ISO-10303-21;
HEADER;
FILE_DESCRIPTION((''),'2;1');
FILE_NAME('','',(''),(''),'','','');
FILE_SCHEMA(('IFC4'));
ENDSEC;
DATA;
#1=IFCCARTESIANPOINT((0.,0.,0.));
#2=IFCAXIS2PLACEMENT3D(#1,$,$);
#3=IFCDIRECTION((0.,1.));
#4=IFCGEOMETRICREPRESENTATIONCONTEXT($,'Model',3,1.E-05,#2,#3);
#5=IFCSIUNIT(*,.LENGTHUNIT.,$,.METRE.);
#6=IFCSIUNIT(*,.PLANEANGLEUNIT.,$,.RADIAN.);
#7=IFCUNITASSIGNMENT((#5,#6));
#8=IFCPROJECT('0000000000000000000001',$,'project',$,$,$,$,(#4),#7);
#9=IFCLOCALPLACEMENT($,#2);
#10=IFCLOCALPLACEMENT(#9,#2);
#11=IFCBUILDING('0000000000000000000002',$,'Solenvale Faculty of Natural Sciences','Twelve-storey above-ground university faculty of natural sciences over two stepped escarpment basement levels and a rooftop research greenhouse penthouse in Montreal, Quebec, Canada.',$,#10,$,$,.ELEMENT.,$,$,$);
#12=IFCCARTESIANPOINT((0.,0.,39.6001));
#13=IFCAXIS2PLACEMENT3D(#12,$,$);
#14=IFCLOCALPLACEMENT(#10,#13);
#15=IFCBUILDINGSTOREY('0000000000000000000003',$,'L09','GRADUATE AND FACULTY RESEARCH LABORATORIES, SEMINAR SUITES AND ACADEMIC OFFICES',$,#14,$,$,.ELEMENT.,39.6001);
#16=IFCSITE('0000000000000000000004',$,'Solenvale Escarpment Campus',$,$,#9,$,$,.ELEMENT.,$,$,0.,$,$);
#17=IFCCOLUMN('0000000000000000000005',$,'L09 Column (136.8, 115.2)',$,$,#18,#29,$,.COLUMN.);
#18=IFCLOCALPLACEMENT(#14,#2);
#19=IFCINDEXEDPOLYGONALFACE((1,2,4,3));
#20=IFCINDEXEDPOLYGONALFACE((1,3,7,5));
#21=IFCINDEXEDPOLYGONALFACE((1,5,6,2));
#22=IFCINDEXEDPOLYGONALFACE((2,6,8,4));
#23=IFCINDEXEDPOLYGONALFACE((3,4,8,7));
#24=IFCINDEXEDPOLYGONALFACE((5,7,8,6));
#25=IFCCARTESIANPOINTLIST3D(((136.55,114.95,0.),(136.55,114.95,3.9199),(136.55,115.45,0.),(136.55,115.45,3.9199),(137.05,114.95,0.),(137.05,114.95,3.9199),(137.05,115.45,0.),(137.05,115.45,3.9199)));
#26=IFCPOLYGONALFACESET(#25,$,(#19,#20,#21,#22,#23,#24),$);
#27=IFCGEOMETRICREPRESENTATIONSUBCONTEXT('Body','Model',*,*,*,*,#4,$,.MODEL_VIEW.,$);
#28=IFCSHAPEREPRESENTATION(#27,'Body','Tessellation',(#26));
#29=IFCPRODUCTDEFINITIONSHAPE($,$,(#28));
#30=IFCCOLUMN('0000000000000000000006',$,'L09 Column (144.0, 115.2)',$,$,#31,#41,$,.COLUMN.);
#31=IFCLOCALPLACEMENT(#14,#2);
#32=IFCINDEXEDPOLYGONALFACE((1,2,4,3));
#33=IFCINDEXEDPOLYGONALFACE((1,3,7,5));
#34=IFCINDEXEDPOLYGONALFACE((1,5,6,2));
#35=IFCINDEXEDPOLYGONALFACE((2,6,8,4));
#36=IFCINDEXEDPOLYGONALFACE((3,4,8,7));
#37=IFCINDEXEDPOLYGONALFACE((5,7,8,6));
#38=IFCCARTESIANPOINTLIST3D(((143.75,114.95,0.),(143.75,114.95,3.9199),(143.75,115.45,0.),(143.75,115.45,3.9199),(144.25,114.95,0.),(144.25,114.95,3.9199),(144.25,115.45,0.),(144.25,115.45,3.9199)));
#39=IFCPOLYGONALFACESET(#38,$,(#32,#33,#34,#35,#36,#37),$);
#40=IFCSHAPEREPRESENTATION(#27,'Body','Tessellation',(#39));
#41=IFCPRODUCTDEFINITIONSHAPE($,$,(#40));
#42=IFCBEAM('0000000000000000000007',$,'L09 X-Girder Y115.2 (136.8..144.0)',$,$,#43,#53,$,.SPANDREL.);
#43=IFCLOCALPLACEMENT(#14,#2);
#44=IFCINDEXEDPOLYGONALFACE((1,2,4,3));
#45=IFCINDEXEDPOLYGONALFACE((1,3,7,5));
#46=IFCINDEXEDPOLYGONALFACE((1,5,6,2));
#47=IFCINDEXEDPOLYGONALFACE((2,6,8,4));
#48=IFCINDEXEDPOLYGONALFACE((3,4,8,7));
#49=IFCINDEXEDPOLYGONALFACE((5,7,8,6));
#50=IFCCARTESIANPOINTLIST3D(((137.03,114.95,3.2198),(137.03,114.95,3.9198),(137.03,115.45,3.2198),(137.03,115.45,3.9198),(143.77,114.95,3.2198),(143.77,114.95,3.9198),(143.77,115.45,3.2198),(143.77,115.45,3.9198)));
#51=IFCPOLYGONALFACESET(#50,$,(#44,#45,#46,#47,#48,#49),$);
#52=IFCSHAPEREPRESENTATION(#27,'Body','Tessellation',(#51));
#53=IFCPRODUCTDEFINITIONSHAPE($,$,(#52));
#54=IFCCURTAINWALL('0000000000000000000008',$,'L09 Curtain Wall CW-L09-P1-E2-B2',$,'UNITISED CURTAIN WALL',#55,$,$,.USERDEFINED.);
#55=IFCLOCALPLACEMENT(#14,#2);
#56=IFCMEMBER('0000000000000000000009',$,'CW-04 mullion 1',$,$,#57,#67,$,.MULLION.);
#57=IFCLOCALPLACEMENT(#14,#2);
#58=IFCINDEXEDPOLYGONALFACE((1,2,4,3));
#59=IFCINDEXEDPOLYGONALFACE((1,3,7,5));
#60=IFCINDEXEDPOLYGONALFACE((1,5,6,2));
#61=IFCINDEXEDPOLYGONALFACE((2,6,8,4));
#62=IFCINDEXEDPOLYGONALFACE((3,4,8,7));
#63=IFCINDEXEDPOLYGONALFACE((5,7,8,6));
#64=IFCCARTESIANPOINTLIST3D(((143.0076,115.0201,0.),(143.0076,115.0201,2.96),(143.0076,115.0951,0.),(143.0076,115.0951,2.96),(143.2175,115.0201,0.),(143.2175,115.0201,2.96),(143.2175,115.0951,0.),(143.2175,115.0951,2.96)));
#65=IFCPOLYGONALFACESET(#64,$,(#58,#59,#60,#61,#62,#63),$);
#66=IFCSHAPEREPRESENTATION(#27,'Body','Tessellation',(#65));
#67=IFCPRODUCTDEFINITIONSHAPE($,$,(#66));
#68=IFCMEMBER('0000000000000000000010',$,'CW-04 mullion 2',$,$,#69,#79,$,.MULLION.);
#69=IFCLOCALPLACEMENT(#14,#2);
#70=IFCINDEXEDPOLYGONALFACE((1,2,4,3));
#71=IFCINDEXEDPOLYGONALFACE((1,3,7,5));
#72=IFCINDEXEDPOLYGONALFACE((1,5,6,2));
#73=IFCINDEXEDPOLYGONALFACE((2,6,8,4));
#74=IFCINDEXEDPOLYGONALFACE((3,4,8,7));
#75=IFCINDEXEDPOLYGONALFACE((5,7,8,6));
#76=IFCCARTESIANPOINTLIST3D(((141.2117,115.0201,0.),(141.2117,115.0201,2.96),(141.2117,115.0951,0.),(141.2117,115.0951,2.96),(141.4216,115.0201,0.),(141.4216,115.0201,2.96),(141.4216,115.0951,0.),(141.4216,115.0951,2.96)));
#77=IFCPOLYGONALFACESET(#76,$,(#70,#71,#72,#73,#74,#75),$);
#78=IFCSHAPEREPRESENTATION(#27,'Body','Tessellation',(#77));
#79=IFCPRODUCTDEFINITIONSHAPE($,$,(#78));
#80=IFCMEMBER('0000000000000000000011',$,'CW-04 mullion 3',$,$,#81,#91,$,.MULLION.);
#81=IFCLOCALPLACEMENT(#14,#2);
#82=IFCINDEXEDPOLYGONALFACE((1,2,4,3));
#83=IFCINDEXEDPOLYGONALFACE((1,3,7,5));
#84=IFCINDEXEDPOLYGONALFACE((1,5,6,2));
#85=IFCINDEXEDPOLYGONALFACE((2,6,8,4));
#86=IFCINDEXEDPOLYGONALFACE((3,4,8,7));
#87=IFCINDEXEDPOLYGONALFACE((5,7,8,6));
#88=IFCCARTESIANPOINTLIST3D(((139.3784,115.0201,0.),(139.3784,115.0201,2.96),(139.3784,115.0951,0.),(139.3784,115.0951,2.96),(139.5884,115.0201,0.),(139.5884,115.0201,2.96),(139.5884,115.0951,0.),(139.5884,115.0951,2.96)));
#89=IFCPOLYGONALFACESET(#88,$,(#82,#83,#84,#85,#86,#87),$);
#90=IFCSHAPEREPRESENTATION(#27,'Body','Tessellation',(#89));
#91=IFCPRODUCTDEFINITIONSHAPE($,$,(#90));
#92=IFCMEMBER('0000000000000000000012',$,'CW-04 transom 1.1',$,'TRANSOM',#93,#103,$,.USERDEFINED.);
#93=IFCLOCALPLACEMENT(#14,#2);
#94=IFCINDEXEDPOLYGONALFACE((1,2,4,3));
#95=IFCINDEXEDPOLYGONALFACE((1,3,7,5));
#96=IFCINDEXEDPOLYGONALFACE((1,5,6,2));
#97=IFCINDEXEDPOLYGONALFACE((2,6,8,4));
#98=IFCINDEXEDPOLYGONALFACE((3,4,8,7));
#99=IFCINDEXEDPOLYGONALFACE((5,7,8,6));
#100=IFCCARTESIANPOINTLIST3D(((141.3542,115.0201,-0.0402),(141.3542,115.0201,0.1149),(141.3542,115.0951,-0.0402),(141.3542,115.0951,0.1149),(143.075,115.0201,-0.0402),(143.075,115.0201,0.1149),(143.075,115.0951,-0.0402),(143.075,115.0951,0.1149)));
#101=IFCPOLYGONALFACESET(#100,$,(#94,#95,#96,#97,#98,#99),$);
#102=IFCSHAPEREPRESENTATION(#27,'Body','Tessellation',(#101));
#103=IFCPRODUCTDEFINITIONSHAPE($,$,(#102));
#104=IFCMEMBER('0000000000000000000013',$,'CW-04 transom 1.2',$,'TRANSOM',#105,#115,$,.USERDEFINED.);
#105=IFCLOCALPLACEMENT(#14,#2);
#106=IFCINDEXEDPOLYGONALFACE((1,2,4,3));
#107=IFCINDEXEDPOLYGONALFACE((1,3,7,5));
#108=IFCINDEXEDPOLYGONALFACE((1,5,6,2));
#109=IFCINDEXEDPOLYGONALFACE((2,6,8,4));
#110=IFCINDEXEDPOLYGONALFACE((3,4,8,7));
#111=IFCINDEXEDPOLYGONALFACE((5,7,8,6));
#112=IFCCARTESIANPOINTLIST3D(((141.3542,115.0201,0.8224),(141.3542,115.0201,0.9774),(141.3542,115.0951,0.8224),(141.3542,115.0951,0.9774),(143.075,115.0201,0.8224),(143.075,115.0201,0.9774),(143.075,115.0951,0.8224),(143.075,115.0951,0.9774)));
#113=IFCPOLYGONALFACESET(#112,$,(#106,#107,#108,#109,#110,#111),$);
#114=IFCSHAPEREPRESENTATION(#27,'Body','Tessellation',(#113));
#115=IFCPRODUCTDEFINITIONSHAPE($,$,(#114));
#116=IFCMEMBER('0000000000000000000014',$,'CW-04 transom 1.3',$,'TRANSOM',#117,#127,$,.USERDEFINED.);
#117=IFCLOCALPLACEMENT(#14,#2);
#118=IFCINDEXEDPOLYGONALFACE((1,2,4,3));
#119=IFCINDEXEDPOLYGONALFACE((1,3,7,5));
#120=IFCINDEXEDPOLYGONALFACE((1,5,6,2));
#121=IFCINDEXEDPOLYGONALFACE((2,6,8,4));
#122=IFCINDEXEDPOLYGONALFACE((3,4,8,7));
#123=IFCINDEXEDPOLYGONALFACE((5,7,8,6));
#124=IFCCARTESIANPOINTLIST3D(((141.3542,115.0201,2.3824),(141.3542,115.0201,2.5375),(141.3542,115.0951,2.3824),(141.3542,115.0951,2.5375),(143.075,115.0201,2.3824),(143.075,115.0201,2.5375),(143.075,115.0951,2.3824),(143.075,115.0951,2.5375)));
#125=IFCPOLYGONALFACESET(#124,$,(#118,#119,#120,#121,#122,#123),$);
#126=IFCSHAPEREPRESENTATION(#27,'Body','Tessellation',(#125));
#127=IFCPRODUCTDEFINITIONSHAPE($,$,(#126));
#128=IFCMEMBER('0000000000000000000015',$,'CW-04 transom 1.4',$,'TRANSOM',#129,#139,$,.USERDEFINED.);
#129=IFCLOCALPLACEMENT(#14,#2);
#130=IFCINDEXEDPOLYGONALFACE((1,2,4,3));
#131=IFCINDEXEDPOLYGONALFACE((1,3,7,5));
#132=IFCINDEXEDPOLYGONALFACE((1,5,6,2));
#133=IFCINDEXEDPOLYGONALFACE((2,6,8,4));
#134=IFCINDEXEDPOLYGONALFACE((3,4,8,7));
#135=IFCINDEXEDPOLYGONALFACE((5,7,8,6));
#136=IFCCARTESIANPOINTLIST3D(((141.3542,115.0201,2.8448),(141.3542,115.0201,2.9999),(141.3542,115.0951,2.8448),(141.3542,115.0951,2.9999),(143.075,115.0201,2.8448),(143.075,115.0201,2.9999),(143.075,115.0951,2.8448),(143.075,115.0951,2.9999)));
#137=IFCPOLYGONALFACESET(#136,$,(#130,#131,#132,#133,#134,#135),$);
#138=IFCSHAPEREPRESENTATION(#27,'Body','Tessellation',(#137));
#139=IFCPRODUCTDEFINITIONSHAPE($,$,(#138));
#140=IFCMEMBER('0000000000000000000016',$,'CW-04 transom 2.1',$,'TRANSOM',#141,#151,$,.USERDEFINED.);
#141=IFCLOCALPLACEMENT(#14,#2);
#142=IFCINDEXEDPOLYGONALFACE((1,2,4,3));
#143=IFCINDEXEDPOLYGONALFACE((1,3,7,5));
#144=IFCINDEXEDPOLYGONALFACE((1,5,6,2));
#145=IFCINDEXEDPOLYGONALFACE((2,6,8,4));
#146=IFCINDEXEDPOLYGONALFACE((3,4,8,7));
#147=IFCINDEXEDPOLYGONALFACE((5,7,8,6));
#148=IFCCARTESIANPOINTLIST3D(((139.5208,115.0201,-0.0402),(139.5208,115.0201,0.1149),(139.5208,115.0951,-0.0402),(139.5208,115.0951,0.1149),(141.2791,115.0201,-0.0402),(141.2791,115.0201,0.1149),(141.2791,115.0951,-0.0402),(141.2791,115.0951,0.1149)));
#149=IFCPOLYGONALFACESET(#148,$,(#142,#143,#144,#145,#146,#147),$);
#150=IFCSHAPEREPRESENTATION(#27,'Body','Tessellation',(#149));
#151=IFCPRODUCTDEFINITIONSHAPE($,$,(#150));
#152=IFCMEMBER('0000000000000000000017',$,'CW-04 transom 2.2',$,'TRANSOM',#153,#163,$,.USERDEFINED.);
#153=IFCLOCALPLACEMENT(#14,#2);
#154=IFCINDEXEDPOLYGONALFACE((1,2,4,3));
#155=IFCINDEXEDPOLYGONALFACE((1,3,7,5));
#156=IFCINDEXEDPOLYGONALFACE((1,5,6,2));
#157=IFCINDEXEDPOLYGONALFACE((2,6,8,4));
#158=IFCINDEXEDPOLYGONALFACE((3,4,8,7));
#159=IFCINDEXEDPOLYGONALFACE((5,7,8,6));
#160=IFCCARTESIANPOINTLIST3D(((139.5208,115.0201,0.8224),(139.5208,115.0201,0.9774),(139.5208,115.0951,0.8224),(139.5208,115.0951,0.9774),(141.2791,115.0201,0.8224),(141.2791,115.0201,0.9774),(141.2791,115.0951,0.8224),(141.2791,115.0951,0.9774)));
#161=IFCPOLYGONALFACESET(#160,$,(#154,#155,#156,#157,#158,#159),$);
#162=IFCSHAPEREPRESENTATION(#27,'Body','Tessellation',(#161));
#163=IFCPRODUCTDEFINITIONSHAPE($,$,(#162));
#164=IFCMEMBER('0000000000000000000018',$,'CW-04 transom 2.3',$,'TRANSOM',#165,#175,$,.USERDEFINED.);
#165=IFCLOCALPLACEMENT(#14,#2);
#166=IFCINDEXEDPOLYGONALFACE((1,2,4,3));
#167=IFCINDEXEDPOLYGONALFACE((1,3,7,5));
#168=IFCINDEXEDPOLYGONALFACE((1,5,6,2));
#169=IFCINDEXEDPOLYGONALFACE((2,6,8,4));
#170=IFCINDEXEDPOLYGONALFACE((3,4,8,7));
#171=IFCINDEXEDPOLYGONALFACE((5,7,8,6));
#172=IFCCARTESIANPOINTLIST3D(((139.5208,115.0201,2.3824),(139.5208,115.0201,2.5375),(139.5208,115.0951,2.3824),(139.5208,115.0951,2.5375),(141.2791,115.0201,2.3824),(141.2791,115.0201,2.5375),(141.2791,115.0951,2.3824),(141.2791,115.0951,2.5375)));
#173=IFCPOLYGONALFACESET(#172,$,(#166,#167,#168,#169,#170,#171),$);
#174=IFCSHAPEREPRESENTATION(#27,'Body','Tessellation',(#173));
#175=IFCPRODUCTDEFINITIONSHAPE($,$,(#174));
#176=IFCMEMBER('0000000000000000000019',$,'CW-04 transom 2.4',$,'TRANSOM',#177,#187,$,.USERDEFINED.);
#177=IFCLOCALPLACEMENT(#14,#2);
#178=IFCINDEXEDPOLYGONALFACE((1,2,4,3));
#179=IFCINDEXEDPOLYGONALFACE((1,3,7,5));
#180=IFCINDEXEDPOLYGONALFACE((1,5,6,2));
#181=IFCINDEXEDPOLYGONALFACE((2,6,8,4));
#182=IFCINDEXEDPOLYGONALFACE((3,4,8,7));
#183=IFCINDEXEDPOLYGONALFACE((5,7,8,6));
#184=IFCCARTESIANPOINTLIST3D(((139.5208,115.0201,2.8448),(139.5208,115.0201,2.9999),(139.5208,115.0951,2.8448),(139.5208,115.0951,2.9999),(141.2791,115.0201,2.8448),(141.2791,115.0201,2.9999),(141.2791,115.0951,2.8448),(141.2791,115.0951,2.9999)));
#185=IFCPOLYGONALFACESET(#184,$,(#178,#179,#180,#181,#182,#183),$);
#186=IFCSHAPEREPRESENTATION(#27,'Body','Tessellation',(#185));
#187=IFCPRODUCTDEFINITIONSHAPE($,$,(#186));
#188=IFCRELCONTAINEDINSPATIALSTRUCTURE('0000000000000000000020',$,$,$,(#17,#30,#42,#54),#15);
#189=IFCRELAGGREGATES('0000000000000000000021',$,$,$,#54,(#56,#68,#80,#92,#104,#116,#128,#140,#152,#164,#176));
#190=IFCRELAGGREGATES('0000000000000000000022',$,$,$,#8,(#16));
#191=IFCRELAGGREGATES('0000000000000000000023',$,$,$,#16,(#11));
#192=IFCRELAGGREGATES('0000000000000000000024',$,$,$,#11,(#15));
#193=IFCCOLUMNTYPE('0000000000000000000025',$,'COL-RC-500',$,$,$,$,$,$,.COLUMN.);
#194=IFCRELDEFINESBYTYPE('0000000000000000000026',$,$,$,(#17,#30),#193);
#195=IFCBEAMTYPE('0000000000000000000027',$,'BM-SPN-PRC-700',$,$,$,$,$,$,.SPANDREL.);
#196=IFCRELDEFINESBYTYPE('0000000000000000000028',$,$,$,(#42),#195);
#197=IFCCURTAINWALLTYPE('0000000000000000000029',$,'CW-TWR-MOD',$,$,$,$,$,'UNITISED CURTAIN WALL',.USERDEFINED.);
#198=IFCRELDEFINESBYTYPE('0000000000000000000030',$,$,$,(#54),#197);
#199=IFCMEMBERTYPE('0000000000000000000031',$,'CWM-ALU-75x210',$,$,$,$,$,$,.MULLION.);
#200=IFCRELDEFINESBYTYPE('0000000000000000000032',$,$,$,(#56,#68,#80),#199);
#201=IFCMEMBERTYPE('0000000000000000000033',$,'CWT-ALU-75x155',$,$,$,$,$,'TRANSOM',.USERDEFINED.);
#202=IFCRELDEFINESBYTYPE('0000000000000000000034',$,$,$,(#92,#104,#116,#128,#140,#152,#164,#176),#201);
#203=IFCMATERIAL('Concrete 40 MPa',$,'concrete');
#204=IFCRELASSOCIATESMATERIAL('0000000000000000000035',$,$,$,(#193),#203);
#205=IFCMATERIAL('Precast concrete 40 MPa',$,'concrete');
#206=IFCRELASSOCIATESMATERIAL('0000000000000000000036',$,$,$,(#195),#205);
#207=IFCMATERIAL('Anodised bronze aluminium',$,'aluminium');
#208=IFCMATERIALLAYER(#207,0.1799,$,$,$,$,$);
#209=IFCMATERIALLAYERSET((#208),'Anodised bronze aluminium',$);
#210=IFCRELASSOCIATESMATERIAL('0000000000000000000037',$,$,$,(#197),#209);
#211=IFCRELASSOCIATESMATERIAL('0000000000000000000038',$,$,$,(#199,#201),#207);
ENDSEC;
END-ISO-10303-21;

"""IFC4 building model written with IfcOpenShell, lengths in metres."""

from ifc_helpers import new_model, si_unit, direction, frame, origin, origin_2d, place, context, subcontext, project, spatial, rectangle, extrude, material, layer, layer_set, material_profile, profile_set, type_object, element, aggregate, save


model = new_model("IFC4")

# Units and contexts
model_context = context("Model", 3, precision=1e-05, world=origin(), true_north=direction((0.0, 1.0)))
body_context = subcontext(model_context, "Body", "Model", "MODEL_VIEW")
ifc_project = project(units=[si_unit("LENGTHUNIT", "METRE"), si_unit("PLANEANGLEUNIT", "RADIAN")], contexts=[model_context])

# Site, building, storey
site_placement = place(None, origin())
site = spatial("IfcSite", under=ifc_project, at=site_placement, Name="Solenvale Escarpment Campus", CompositionType="ELEMENT", RefElevation=0.0)
building_placement = place(site_placement, origin())
building = spatial("IfcBuilding", under=site, at=building_placement, Name="Solenvale Faculty of Natural Sciences", Description="Twelve-storey above-ground university faculty of natural sciences over two stepped escarpment basement levels and a rooftop research greenhouse penthouse in Montreal, Quebec, Canada.", CompositionType="ELEMENT")
storey_placement = place(building_placement, frame((0.0, 0.0, 39.6001)))
storey = spatial("IfcBuildingStorey", under=building, at=storey_placement, Name="L09", Description="GRADUATE AND FACULTY RESEARCH LABORATORIES, SEMINAR SUITES AND ACADEMIC OFFICES", CompositionType="ELEMENT", Elevation=39.6001)

# Columns
ifc_material_1 = material(Name="Concrete 40 MPa", Category="concrete")
ifc_material_profile_1 = material_profile(ifc_material_1, rectangle(XDim=0.5, YDim=0.5, at=origin_2d()), Name="RC-COL-500x500")
ifc_profile_set_1 = profile_set([ifc_material_profile_1], Name="Concrete 40 MPa")
column_type = type_object("IfcColumnType", Name="COL-RC-500", PredefinedType="COLUMN", material=ifc_profile_set_1)
for number, where, z_axis, x_axis, name in (
    (1, (136.8, 115.2, 0.0), (0.0, 0.0, 1.0), (1.0, 0.0, 0.0), "L09 Column (136.8, 115.2)"),
    (2, (144.0, 115.2, 0.0), (0.0, 0.0, 1.0), (1.0, 0.0, 0.0), "L09 Column (144.0, 115.2)"),
):
    element("IfcColumn", number, at=place(storey_placement, frame(where, z_axis=z_axis, x_axis=x_axis)), inside=storey, type_object=column_type, Name=name, PredefinedType="COLUMN", context=body_context, shape_type="SweptSolid", body=[
        extrude(rectangle(XDim=0.5, YDim=0.5, at=origin_2d()), origin(), (0.0, 0.0, 1.0), 3.9199),
    ])

# Beam
ifc_material_2 = material(Name="Precast concrete 40 MPa", Category="concrete")
ifc_material_profile_2 = material_profile(ifc_material_2, rectangle(XDim=0.5, YDim=0.7, at=origin_2d()), Name="RC-BM-500x700")
ifc_profile_set_2 = profile_set([ifc_material_profile_2], Name="Precast concrete 40 MPa")
beam_type = type_object("IfcBeamType", Name="BM-SPN-PRC-700", PredefinedType="SPANDREL", material=ifc_profile_set_2)
beam_placement = place(storey_placement, frame((137.03, 115.2, 3.5698), z_axis=(1.0, 0.0, 0.0), x_axis=(0.0, 1.0, 0.0)))
element("IfcBeam", 3, at=beam_placement, inside=storey, type_object=beam_type, Name="L09 X-Girder Y115.2 (136.8..144.0)", PredefinedType="SPANDREL", context=body_context, shape_type="SweptSolid", body=[
    extrude(rectangle(XDim=0.5, YDim=0.7, at=origin_2d()), origin(), (0.0, 0.0, 1.0), 6.74),
])

# Curtain wall, members
ifc_material_3 = material(Name="Anodised bronze aluminium", Category="aluminium")
ifc_layer_1 = layer(ifc_material_3, 0.1799)
ifc_layer_set_1 = layer_set([ifc_layer_1], Name="Anodised bronze aluminium")
curtain_wall_type = type_object("IfcCurtainWallType", Name="CW-TWR-MOD", ElementType="UNITISED CURTAIN WALL", PredefinedType="USERDEFINED", material=ifc_layer_set_1)
curtain_wall_placement = place(storey_placement, origin())
curtain_wall = element("IfcCurtainWall", 4, at=curtain_wall_placement, inside=storey, type_object=curtain_wall_type, Name="L09 Curtain Wall CW-L09-P1-E2-B2", ObjectType="UNITISED CURTAIN WALL", PredefinedType="USERDEFINED")
ifc_material_profile_3 = material_profile(ifc_material_3, rectangle(XDim=0.075, YDim=0.21, at=origin_2d()), Name="ALU-MUL-75x210")
ifc_profile_set_3 = profile_set([ifc_material_profile_3], Name="Anodised bronze aluminium")
member_type_1 = type_object("IfcMemberType", Name="CWM-ALU-75x210", PredefinedType="MULLION", material=ifc_profile_set_3)
member_1_placement = place(storey_placement, frame((143.1125, 115.0576, 0.0), z_axis=(0.0, 0.0, 1.0), x_axis=(0.0, -1.0, 0.0)))
member_1 = element("IfcMember", 5, at=member_1_placement, type_object=member_type_1, Name="CW-04 mullion 1", PredefinedType="MULLION", context=body_context, shape_type="SweptSolid", body=[
    extrude(rectangle(XDim=0.075, YDim=0.21, at=origin_2d()), origin(), (0.0, 0.0, 1.0), 2.96),
])
member_2_placement = place(storey_placement, frame((141.3167, 115.0576, 0.0), z_axis=(0.0, 0.0, 1.0), x_axis=(0.0, -1.0, 0.0)))
member_2 = element("IfcMember", 6, at=member_2_placement, type_object=member_type_1, Name="CW-04 mullion 2", PredefinedType="MULLION", context=body_context, shape_type="SweptSolid", body=[
    extrude(rectangle(XDim=0.075, YDim=0.21, at=origin_2d()), origin(), (0.0, 0.0, 1.0), 2.96),
])
member_3_placement = place(storey_placement, frame((139.4834, 115.0576, 0.0), z_axis=(0.0, 0.0, 1.0), x_axis=(0.0, -1.0, 0.0)))
member_3 = element("IfcMember", 7, at=member_3_placement, type_object=member_type_1, Name="CW-04 mullion 3", PredefinedType="MULLION", context=body_context, shape_type="SweptSolid", body=[
    extrude(rectangle(XDim=0.075, YDim=0.21, at=origin_2d()), origin(), (0.0, 0.0, 1.0), 2.96),
])
ifc_material_profile_4 = material_profile(ifc_material_3, rectangle(XDim=0.075, YDim=0.155, at=origin_2d()), Name="ALU-TRN-75x155")
ifc_profile_set_4 = profile_set([ifc_material_profile_4], Name="Anodised bronze aluminium")
member_type_2 = type_object("IfcMemberType", Name="CWT-ALU-75x155", ElementType="TRANSOM", PredefinedType="USERDEFINED", material=ifc_profile_set_4)
member_4_placement = place(storey_placement, frame((143.075, 115.0576, 0.0374), z_axis=(-1.0, 0.0, 0.0), x_axis=(0.0, -1.0, 0.0)))
member_4 = element("IfcMember", 8, at=member_4_placement, type_object=member_type_2, Name="CW-04 transom 1.1", ObjectType="TRANSOM", PredefinedType="USERDEFINED", context=body_context, shape_type="SweptSolid", body=[
    extrude(rectangle(XDim=0.075, YDim=0.155, at=origin_2d()), origin(), (0.0, 0.0, 1.0), 1.7207),
])
member_5_placement = place(storey_placement, frame((143.075, 115.0576, 0.8999), z_axis=(-1.0, 0.0, 0.0), x_axis=(0.0, -1.0, 0.0)))
member_5 = element("IfcMember", 9, at=member_5_placement, type_object=member_type_2, Name="CW-04 transom 1.2", ObjectType="TRANSOM", PredefinedType="USERDEFINED", context=body_context, shape_type="SweptSolid", body=[
    extrude(rectangle(XDim=0.075, YDim=0.155, at=origin_2d()), origin(), (0.0, 0.0, 1.0), 1.7207),
])
member_6_placement = place(storey_placement, frame((143.075, 115.0576, 2.46), z_axis=(-1.0, 0.0, 0.0), x_axis=(0.0, -1.0, 0.0)))
member_6 = element("IfcMember", 10, at=member_6_placement, type_object=member_type_2, Name="CW-04 transom 1.3", ObjectType="TRANSOM", PredefinedType="USERDEFINED", context=body_context, shape_type="SweptSolid", body=[
    extrude(rectangle(XDim=0.075, YDim=0.155, at=origin_2d()), origin(), (0.0, 0.0, 1.0), 1.7207),
])
member_7_placement = place(storey_placement, frame((143.075, 115.0576, 2.9224), z_axis=(-1.0, 0.0, 0.0), x_axis=(0.0, -1.0, 0.0)))
member_7 = element("IfcMember", 11, at=member_7_placement, type_object=member_type_2, Name="CW-04 transom 1.4", ObjectType="TRANSOM", PredefinedType="USERDEFINED", context=body_context, shape_type="SweptSolid", body=[
    extrude(rectangle(XDim=0.075, YDim=0.155, at=origin_2d()), origin(), (0.0, 0.0, 1.0), 1.7207),
])
member_8_placement = place(storey_placement, frame((141.2791, 115.0576, 0.0374), z_axis=(-1.0, 0.0, 0.0), x_axis=(0.0, -1.0, 0.0)))
member_8 = element("IfcMember", 12, at=member_8_placement, type_object=member_type_2, Name="CW-04 transom 2.1", ObjectType="TRANSOM", PredefinedType="USERDEFINED", context=body_context, shape_type="SweptSolid", body=[
    extrude(rectangle(XDim=0.075, YDim=0.155, at=origin_2d()), origin(), (0.0, 0.0, 1.0), 1.7583),
])
member_9_placement = place(storey_placement, frame((141.2791, 115.0576, 0.8999), z_axis=(-1.0, 0.0, 0.0), x_axis=(0.0, -1.0, 0.0)))
member_9 = element("IfcMember", 13, at=member_9_placement, type_object=member_type_2, Name="CW-04 transom 2.2", ObjectType="TRANSOM", PredefinedType="USERDEFINED", context=body_context, shape_type="SweptSolid", body=[
    extrude(rectangle(XDim=0.075, YDim=0.155, at=origin_2d()), origin(), (0.0, 0.0, 1.0), 1.7583),
])
member_10_placement = place(storey_placement, frame((141.2791, 115.0576, 2.46), z_axis=(-1.0, 0.0, 0.0), x_axis=(0.0, -1.0, 0.0)))
member_10 = element("IfcMember", 14, at=member_10_placement, type_object=member_type_2, Name="CW-04 transom 2.3", ObjectType="TRANSOM", PredefinedType="USERDEFINED", context=body_context, shape_type="SweptSolid", body=[
    extrude(rectangle(XDim=0.075, YDim=0.155, at=origin_2d()), origin(), (0.0, 0.0, 1.0), 1.7583),
])
member_11_placement = place(storey_placement, frame((141.2791, 115.0576, 2.9224), z_axis=(-1.0, 0.0, 0.0), x_axis=(0.0, -1.0, 0.0)))
member_11 = element("IfcMember", 15, at=member_11_placement, type_object=member_type_2, Name="CW-04 transom 2.4", ObjectType="TRANSOM", PredefinedType="USERDEFINED", context=body_context, shape_type="SweptSolid", body=[
    extrude(rectangle(XDim=0.075, YDim=0.155, at=origin_2d()), origin(), (0.0, 0.0, 1.0), 1.7583),
])
aggregate(curtain_wall, [member_1, member_2, member_3, member_4, member_5, member_6, member_7, member_8, member_9, member_10, member_11])

save(model, "model.ifc")
